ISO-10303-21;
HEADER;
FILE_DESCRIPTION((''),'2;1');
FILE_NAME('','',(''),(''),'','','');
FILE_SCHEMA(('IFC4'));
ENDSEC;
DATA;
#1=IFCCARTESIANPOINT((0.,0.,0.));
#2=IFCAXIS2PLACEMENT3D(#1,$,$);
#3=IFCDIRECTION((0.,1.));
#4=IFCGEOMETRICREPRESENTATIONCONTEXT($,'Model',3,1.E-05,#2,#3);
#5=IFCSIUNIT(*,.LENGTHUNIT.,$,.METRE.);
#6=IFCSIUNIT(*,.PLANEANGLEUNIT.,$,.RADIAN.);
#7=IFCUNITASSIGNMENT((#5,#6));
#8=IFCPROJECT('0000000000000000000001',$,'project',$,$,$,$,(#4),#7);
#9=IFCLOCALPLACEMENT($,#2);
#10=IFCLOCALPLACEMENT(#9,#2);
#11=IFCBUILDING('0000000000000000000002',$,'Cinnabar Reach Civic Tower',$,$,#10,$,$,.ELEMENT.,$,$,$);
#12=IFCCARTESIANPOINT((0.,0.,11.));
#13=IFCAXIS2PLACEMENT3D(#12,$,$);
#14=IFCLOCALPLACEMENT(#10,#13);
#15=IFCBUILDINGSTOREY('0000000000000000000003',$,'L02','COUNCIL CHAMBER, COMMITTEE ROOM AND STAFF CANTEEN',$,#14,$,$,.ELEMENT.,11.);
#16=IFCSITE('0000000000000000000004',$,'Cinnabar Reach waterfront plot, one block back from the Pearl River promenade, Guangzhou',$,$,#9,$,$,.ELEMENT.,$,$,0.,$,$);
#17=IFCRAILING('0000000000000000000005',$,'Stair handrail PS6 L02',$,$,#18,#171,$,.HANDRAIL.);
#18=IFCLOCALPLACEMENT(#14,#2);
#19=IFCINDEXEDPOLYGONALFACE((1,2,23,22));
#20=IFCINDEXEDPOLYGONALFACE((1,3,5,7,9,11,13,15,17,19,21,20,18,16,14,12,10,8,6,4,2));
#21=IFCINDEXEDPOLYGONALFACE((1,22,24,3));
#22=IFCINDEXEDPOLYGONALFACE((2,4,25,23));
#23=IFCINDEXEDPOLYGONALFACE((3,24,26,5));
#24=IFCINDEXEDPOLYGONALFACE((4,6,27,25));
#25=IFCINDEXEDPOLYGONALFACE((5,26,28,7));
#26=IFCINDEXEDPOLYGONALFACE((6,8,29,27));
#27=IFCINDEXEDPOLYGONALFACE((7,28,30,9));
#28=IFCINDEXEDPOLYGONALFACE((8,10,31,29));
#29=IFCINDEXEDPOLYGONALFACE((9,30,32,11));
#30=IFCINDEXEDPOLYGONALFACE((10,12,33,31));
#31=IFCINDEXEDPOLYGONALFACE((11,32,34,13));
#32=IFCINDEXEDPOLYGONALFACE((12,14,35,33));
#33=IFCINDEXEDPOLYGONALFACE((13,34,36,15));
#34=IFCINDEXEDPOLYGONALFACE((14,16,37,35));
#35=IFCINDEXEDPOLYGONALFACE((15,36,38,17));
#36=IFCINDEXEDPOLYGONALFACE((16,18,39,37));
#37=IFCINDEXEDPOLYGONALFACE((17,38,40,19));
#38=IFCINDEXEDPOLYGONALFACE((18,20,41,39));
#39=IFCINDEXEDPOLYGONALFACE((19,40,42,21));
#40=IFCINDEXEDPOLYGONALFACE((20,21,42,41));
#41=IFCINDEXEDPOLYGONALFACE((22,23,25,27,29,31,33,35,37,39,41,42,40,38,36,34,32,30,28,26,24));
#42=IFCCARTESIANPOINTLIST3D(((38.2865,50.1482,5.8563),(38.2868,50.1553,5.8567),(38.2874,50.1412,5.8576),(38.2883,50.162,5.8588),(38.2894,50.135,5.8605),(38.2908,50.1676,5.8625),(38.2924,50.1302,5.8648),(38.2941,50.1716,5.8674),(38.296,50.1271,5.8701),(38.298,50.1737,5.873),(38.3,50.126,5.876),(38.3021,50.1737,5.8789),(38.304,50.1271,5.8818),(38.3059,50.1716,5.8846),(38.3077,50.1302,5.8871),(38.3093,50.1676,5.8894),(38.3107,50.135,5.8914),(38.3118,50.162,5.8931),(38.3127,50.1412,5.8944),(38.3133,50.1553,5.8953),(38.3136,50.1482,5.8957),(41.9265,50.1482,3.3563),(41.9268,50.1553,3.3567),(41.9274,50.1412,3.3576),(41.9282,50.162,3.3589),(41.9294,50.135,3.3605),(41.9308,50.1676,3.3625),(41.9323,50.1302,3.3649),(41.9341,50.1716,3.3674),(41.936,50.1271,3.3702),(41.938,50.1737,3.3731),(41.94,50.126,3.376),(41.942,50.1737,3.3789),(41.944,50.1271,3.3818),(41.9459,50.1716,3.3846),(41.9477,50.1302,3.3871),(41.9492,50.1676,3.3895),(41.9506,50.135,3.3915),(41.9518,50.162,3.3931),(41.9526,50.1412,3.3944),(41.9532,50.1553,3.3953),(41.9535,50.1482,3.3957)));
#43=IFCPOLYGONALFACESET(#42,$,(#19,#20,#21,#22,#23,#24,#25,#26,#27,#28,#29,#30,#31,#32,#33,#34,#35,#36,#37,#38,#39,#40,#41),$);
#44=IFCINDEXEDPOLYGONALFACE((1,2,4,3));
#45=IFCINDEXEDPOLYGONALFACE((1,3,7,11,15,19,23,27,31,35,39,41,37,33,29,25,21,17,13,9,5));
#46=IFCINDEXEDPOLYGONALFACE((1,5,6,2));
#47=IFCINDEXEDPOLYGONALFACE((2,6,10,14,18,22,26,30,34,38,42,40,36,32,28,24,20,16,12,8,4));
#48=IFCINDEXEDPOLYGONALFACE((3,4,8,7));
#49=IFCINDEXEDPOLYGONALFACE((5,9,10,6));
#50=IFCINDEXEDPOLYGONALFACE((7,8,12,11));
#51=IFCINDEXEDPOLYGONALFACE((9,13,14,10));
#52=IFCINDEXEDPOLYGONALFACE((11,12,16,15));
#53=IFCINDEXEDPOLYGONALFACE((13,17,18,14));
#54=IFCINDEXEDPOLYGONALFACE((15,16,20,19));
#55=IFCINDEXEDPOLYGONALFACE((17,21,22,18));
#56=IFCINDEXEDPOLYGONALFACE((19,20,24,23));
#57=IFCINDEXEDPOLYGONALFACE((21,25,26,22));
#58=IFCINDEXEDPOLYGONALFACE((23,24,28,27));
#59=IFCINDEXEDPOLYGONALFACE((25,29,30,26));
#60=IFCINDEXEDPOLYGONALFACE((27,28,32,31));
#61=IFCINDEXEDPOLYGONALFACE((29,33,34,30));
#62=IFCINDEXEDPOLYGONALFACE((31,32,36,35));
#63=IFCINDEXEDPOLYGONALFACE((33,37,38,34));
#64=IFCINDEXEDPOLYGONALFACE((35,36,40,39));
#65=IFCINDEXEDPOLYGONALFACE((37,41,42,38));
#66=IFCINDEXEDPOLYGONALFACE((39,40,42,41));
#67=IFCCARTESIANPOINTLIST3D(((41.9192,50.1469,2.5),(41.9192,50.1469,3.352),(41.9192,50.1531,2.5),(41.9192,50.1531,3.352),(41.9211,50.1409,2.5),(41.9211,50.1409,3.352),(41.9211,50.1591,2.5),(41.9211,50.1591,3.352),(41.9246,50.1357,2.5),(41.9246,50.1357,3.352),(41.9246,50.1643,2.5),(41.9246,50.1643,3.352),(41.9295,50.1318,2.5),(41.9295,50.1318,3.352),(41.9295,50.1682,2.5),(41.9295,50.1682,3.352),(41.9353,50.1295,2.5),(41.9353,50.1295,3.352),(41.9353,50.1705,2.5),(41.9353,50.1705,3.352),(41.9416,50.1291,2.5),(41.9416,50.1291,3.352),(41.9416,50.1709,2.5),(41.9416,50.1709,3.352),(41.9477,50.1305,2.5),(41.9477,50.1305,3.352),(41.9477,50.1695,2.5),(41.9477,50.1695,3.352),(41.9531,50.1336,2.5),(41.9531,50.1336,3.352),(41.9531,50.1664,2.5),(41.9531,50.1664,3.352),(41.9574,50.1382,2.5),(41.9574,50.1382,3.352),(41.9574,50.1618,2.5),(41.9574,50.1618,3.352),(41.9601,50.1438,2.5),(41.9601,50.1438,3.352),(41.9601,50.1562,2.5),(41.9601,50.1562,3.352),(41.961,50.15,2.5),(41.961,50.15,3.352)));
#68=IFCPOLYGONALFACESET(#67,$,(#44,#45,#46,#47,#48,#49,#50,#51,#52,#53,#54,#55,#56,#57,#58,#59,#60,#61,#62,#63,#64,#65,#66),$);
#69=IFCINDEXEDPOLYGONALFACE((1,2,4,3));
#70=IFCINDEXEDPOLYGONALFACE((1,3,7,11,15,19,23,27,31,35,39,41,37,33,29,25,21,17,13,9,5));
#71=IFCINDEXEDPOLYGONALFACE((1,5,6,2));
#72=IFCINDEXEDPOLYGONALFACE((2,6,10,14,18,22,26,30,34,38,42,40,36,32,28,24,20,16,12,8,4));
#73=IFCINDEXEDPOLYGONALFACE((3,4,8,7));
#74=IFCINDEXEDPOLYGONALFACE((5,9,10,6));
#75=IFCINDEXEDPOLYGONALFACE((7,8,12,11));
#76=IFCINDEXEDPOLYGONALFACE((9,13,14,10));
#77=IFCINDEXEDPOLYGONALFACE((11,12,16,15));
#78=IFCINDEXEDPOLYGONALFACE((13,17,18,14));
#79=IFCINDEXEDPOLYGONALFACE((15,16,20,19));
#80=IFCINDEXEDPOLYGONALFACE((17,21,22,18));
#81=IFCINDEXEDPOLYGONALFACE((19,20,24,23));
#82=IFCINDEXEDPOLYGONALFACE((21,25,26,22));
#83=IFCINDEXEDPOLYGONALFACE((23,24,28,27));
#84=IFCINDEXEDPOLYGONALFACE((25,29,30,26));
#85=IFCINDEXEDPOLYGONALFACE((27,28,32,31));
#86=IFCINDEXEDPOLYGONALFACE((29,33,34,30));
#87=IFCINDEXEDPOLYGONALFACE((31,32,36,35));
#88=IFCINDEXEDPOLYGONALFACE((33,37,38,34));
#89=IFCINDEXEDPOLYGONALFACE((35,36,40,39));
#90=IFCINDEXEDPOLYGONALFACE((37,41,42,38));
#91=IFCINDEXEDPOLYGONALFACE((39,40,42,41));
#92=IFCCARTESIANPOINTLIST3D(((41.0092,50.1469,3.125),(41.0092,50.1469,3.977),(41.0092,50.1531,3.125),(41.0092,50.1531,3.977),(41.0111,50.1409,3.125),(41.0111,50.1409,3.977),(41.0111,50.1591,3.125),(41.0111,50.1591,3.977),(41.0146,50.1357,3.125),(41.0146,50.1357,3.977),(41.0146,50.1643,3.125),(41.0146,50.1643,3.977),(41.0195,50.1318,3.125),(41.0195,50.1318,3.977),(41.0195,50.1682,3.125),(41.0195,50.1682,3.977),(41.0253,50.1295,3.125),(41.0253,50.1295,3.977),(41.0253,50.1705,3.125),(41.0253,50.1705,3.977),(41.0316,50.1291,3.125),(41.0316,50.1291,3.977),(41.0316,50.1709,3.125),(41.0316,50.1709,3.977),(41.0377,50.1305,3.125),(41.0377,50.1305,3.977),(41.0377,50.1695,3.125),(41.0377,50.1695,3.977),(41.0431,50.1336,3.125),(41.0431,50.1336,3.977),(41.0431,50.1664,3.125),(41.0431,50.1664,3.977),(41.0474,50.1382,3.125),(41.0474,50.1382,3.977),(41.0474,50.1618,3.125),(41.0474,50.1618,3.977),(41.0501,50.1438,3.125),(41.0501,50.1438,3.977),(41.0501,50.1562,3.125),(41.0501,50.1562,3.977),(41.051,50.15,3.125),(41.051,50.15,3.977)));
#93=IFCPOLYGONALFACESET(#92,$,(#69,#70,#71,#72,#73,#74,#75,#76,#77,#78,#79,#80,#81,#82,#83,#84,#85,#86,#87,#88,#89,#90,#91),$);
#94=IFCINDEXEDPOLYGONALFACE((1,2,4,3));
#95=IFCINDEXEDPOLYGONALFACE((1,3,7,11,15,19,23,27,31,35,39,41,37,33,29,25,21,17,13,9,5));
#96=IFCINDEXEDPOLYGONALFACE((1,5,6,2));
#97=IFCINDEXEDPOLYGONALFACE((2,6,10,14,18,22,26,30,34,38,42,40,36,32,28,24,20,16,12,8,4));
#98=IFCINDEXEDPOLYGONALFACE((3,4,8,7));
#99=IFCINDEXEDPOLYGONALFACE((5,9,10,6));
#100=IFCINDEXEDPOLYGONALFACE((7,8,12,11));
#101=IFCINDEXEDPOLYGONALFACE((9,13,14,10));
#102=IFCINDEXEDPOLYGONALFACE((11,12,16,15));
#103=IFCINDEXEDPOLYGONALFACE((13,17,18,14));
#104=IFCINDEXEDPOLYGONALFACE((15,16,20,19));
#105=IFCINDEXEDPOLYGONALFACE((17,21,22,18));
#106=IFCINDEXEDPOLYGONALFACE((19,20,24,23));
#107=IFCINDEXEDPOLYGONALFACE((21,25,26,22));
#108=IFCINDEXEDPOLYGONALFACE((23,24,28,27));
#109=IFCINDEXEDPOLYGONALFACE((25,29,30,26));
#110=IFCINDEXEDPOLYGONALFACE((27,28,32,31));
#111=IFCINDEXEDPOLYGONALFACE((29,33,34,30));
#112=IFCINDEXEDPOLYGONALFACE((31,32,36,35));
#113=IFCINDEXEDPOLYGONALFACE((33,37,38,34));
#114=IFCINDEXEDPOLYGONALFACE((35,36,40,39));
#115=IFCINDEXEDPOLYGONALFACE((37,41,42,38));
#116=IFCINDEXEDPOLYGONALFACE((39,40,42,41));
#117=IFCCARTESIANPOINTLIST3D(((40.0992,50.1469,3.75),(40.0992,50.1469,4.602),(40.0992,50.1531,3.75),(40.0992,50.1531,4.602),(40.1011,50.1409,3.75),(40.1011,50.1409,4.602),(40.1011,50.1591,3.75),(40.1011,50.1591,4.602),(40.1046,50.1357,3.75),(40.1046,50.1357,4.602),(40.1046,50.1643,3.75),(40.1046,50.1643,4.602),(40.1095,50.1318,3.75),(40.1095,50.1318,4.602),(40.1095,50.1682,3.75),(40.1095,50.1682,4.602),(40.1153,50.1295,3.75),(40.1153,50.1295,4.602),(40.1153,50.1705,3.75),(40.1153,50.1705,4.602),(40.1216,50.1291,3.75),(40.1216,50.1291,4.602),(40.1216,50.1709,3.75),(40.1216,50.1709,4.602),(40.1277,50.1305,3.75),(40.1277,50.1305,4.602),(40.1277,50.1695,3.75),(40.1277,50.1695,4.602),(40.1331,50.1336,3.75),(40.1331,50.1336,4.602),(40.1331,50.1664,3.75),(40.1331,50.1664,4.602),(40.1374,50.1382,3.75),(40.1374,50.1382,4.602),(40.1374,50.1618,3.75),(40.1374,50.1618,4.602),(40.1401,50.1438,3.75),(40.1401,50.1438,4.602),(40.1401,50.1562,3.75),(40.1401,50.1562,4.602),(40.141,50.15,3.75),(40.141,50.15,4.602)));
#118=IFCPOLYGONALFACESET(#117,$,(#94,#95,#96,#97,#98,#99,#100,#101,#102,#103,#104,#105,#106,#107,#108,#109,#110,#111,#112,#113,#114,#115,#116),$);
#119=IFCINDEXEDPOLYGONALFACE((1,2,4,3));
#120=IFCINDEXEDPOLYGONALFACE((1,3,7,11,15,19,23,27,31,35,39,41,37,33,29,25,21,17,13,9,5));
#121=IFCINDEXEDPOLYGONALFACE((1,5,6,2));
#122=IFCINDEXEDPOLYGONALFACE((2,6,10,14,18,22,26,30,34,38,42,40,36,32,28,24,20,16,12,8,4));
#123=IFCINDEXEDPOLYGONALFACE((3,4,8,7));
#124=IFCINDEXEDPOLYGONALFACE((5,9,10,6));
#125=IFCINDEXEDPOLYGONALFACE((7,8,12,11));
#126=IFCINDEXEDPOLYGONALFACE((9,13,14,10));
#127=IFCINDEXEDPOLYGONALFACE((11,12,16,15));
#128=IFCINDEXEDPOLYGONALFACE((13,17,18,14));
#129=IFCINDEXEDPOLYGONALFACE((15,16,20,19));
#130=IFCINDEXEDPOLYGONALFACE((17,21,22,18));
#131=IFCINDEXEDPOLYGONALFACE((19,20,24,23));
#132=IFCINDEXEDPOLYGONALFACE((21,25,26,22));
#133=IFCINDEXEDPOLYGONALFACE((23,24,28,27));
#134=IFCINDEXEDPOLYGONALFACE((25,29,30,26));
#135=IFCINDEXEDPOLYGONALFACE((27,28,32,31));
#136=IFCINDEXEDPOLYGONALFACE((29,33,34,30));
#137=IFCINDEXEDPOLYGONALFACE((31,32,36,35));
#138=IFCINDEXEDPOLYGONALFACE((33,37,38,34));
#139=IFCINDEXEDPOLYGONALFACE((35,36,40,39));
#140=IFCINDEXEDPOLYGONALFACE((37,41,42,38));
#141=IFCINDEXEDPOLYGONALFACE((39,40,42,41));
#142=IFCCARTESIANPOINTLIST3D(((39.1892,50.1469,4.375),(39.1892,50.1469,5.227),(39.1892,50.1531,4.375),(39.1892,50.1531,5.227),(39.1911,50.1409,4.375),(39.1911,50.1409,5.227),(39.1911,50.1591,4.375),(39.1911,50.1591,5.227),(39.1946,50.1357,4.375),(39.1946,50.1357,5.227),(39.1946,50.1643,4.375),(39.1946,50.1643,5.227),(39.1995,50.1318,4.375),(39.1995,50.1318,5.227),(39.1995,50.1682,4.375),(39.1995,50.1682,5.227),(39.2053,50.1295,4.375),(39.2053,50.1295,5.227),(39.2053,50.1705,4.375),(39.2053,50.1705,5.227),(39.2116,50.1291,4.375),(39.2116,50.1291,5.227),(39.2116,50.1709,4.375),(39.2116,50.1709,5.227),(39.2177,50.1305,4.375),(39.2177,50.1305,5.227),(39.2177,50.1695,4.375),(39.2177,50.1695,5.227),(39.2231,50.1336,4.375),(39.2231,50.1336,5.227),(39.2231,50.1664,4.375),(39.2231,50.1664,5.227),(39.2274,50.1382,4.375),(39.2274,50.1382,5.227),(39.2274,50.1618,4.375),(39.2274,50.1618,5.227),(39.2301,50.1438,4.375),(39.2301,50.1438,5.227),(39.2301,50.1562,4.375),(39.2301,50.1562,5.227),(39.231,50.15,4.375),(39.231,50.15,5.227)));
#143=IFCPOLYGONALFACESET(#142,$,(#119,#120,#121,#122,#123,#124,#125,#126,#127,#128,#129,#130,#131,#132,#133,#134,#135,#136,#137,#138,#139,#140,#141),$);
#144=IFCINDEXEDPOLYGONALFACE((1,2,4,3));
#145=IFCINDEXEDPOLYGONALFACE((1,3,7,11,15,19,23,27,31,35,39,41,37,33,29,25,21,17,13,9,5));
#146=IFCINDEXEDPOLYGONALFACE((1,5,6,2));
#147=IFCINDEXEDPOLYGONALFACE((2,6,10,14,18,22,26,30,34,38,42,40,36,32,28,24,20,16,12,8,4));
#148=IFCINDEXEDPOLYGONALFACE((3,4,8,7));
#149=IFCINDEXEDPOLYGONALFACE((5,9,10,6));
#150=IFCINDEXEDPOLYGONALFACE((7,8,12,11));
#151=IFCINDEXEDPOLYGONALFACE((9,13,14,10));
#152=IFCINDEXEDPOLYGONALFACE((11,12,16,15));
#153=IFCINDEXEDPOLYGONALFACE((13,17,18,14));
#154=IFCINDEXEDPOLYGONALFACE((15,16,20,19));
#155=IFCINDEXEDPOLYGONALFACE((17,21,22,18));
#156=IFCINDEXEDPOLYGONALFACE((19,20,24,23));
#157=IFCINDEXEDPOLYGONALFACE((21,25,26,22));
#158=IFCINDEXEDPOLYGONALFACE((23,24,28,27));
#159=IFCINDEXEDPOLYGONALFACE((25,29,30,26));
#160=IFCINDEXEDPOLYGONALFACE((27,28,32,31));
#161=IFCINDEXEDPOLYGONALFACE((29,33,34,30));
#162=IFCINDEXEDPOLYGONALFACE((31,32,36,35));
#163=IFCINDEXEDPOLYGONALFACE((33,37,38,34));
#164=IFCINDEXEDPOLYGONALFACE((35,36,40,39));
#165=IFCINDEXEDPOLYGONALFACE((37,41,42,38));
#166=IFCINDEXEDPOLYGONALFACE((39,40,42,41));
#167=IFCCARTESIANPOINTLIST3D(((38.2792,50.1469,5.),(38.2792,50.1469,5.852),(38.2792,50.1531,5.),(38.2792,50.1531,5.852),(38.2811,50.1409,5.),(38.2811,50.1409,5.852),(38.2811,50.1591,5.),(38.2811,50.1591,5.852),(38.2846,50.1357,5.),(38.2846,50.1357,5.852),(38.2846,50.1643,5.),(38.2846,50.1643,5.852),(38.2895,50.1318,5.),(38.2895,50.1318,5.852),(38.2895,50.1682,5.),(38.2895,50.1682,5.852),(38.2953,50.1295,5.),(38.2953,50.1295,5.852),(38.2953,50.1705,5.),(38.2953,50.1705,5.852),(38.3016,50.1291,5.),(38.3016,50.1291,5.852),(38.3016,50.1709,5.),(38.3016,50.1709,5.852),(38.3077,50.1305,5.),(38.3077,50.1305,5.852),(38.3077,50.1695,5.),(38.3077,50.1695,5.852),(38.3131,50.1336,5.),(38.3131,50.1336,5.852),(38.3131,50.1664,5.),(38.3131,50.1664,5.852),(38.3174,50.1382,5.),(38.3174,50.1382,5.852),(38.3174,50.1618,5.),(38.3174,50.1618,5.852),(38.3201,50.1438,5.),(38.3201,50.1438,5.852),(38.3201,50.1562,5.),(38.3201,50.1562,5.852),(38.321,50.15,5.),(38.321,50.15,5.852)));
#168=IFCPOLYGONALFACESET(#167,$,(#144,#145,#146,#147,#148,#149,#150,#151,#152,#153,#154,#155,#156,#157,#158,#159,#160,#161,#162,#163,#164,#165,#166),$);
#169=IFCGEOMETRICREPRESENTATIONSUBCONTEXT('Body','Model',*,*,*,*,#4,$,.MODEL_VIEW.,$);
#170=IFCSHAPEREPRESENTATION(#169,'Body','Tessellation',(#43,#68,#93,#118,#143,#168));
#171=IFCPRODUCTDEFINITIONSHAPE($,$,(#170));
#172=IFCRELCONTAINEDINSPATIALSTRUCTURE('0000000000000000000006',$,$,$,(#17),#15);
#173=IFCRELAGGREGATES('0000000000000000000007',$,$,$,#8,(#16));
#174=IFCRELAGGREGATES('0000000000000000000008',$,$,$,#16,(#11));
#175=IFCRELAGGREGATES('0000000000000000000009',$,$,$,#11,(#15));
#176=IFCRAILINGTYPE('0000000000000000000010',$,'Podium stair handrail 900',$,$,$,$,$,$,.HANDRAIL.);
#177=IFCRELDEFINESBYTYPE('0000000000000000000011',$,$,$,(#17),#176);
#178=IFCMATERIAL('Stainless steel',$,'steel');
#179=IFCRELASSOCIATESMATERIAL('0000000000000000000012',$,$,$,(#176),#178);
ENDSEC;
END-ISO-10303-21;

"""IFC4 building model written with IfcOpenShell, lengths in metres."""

from ifc_helpers import new_model, si_unit, direction, frame, origin, origin_2d, place, context, subcontext, project, spatial, circle, extrude, material, type_object, element, save


model = new_model("IFC4")

# Units and contexts
model_context = context("Model", 3, precision=1e-05, world=origin(), true_north=direction((0.0, 1.0)))
body_context = subcontext(model_context, "Body", "Model", "MODEL_VIEW")
ifc_project = project(units=[si_unit("LENGTHUNIT", "METRE"), si_unit("PLANEANGLEUNIT", "RADIAN")], contexts=[model_context])

# Site, building, storey
site_placement = place(None, origin())
site = spatial("IfcSite", under=ifc_project, at=site_placement, Name="Cinnabar Reach waterfront plot, one block back from the Pearl River promenade, Guangzhou", CompositionType="ELEMENT", RefElevation=0.0)
building_placement = place(site_placement, origin())
building = spatial("IfcBuilding", under=site, at=building_placement, Name="Cinnabar Reach Civic Tower", CompositionType="ELEMENT")
storey_placement = place(building_placement, frame((0.0, 0.0, 11.0)))
storey = spatial("IfcBuildingStorey", under=building, at=storey_placement, Name="L02", Description="COUNCIL CHAMBER, COMMITTEE ROOM AND STAFF CANTEEN", CompositionType="ELEMENT", Elevation=11.0)

# Railing
ifc_material_1 = material(Name="Stainless steel", Category="steel")
railing_type_1 = type_object("IfcRailingType", Name="Podium stair handrail 900", PredefinedType="HANDRAIL", material=ifc_material_1)
railing_1_placement = place(storey_placement, frame((41.94, 50.15, 2.5)))
element("IfcRailing", 1, at=railing_1_placement, inside=storey, type_object=railing_type_1, Name="Stair handrail PS6 L02", PredefinedType="HANDRAIL", context=body_context, shape_type="SweptSolid", body=[
    extrude(circle(Radius=0.024, at=origin_2d()), frame((0.0, 0.0, 0.876), z_axis=(-0.824306, 0.0, 0.566144), x_axis=(0.0, -1.0, 0.0)), (0.0, 0.0, 1.0), 4.4158),
    extrude(circle(Radius=0.021, at=origin_2d()), origin(), (0.0, 0.0, 1.0), 0.852),
    extrude(circle(Radius=0.021, at=origin_2d()), frame((-0.91, 0.0, 0.625)), (0.0, 0.0, 1.0), 0.852),
    extrude(circle(Radius=0.021, at=origin_2d()), frame((-1.82, 0.0, 1.25)), (0.0, 0.0, 1.0), 0.852),
    extrude(circle(Radius=0.021, at=origin_2d()), frame((-2.73, 0.0, 1.875)), (0.0, 0.0, 1.0), 0.852),
    extrude(circle(Radius=0.021, at=origin_2d()), frame((-3.64, 0.0, 2.5)), (0.0, 0.0, 1.0), 0.852),
])

save(model, "model.ifc")
